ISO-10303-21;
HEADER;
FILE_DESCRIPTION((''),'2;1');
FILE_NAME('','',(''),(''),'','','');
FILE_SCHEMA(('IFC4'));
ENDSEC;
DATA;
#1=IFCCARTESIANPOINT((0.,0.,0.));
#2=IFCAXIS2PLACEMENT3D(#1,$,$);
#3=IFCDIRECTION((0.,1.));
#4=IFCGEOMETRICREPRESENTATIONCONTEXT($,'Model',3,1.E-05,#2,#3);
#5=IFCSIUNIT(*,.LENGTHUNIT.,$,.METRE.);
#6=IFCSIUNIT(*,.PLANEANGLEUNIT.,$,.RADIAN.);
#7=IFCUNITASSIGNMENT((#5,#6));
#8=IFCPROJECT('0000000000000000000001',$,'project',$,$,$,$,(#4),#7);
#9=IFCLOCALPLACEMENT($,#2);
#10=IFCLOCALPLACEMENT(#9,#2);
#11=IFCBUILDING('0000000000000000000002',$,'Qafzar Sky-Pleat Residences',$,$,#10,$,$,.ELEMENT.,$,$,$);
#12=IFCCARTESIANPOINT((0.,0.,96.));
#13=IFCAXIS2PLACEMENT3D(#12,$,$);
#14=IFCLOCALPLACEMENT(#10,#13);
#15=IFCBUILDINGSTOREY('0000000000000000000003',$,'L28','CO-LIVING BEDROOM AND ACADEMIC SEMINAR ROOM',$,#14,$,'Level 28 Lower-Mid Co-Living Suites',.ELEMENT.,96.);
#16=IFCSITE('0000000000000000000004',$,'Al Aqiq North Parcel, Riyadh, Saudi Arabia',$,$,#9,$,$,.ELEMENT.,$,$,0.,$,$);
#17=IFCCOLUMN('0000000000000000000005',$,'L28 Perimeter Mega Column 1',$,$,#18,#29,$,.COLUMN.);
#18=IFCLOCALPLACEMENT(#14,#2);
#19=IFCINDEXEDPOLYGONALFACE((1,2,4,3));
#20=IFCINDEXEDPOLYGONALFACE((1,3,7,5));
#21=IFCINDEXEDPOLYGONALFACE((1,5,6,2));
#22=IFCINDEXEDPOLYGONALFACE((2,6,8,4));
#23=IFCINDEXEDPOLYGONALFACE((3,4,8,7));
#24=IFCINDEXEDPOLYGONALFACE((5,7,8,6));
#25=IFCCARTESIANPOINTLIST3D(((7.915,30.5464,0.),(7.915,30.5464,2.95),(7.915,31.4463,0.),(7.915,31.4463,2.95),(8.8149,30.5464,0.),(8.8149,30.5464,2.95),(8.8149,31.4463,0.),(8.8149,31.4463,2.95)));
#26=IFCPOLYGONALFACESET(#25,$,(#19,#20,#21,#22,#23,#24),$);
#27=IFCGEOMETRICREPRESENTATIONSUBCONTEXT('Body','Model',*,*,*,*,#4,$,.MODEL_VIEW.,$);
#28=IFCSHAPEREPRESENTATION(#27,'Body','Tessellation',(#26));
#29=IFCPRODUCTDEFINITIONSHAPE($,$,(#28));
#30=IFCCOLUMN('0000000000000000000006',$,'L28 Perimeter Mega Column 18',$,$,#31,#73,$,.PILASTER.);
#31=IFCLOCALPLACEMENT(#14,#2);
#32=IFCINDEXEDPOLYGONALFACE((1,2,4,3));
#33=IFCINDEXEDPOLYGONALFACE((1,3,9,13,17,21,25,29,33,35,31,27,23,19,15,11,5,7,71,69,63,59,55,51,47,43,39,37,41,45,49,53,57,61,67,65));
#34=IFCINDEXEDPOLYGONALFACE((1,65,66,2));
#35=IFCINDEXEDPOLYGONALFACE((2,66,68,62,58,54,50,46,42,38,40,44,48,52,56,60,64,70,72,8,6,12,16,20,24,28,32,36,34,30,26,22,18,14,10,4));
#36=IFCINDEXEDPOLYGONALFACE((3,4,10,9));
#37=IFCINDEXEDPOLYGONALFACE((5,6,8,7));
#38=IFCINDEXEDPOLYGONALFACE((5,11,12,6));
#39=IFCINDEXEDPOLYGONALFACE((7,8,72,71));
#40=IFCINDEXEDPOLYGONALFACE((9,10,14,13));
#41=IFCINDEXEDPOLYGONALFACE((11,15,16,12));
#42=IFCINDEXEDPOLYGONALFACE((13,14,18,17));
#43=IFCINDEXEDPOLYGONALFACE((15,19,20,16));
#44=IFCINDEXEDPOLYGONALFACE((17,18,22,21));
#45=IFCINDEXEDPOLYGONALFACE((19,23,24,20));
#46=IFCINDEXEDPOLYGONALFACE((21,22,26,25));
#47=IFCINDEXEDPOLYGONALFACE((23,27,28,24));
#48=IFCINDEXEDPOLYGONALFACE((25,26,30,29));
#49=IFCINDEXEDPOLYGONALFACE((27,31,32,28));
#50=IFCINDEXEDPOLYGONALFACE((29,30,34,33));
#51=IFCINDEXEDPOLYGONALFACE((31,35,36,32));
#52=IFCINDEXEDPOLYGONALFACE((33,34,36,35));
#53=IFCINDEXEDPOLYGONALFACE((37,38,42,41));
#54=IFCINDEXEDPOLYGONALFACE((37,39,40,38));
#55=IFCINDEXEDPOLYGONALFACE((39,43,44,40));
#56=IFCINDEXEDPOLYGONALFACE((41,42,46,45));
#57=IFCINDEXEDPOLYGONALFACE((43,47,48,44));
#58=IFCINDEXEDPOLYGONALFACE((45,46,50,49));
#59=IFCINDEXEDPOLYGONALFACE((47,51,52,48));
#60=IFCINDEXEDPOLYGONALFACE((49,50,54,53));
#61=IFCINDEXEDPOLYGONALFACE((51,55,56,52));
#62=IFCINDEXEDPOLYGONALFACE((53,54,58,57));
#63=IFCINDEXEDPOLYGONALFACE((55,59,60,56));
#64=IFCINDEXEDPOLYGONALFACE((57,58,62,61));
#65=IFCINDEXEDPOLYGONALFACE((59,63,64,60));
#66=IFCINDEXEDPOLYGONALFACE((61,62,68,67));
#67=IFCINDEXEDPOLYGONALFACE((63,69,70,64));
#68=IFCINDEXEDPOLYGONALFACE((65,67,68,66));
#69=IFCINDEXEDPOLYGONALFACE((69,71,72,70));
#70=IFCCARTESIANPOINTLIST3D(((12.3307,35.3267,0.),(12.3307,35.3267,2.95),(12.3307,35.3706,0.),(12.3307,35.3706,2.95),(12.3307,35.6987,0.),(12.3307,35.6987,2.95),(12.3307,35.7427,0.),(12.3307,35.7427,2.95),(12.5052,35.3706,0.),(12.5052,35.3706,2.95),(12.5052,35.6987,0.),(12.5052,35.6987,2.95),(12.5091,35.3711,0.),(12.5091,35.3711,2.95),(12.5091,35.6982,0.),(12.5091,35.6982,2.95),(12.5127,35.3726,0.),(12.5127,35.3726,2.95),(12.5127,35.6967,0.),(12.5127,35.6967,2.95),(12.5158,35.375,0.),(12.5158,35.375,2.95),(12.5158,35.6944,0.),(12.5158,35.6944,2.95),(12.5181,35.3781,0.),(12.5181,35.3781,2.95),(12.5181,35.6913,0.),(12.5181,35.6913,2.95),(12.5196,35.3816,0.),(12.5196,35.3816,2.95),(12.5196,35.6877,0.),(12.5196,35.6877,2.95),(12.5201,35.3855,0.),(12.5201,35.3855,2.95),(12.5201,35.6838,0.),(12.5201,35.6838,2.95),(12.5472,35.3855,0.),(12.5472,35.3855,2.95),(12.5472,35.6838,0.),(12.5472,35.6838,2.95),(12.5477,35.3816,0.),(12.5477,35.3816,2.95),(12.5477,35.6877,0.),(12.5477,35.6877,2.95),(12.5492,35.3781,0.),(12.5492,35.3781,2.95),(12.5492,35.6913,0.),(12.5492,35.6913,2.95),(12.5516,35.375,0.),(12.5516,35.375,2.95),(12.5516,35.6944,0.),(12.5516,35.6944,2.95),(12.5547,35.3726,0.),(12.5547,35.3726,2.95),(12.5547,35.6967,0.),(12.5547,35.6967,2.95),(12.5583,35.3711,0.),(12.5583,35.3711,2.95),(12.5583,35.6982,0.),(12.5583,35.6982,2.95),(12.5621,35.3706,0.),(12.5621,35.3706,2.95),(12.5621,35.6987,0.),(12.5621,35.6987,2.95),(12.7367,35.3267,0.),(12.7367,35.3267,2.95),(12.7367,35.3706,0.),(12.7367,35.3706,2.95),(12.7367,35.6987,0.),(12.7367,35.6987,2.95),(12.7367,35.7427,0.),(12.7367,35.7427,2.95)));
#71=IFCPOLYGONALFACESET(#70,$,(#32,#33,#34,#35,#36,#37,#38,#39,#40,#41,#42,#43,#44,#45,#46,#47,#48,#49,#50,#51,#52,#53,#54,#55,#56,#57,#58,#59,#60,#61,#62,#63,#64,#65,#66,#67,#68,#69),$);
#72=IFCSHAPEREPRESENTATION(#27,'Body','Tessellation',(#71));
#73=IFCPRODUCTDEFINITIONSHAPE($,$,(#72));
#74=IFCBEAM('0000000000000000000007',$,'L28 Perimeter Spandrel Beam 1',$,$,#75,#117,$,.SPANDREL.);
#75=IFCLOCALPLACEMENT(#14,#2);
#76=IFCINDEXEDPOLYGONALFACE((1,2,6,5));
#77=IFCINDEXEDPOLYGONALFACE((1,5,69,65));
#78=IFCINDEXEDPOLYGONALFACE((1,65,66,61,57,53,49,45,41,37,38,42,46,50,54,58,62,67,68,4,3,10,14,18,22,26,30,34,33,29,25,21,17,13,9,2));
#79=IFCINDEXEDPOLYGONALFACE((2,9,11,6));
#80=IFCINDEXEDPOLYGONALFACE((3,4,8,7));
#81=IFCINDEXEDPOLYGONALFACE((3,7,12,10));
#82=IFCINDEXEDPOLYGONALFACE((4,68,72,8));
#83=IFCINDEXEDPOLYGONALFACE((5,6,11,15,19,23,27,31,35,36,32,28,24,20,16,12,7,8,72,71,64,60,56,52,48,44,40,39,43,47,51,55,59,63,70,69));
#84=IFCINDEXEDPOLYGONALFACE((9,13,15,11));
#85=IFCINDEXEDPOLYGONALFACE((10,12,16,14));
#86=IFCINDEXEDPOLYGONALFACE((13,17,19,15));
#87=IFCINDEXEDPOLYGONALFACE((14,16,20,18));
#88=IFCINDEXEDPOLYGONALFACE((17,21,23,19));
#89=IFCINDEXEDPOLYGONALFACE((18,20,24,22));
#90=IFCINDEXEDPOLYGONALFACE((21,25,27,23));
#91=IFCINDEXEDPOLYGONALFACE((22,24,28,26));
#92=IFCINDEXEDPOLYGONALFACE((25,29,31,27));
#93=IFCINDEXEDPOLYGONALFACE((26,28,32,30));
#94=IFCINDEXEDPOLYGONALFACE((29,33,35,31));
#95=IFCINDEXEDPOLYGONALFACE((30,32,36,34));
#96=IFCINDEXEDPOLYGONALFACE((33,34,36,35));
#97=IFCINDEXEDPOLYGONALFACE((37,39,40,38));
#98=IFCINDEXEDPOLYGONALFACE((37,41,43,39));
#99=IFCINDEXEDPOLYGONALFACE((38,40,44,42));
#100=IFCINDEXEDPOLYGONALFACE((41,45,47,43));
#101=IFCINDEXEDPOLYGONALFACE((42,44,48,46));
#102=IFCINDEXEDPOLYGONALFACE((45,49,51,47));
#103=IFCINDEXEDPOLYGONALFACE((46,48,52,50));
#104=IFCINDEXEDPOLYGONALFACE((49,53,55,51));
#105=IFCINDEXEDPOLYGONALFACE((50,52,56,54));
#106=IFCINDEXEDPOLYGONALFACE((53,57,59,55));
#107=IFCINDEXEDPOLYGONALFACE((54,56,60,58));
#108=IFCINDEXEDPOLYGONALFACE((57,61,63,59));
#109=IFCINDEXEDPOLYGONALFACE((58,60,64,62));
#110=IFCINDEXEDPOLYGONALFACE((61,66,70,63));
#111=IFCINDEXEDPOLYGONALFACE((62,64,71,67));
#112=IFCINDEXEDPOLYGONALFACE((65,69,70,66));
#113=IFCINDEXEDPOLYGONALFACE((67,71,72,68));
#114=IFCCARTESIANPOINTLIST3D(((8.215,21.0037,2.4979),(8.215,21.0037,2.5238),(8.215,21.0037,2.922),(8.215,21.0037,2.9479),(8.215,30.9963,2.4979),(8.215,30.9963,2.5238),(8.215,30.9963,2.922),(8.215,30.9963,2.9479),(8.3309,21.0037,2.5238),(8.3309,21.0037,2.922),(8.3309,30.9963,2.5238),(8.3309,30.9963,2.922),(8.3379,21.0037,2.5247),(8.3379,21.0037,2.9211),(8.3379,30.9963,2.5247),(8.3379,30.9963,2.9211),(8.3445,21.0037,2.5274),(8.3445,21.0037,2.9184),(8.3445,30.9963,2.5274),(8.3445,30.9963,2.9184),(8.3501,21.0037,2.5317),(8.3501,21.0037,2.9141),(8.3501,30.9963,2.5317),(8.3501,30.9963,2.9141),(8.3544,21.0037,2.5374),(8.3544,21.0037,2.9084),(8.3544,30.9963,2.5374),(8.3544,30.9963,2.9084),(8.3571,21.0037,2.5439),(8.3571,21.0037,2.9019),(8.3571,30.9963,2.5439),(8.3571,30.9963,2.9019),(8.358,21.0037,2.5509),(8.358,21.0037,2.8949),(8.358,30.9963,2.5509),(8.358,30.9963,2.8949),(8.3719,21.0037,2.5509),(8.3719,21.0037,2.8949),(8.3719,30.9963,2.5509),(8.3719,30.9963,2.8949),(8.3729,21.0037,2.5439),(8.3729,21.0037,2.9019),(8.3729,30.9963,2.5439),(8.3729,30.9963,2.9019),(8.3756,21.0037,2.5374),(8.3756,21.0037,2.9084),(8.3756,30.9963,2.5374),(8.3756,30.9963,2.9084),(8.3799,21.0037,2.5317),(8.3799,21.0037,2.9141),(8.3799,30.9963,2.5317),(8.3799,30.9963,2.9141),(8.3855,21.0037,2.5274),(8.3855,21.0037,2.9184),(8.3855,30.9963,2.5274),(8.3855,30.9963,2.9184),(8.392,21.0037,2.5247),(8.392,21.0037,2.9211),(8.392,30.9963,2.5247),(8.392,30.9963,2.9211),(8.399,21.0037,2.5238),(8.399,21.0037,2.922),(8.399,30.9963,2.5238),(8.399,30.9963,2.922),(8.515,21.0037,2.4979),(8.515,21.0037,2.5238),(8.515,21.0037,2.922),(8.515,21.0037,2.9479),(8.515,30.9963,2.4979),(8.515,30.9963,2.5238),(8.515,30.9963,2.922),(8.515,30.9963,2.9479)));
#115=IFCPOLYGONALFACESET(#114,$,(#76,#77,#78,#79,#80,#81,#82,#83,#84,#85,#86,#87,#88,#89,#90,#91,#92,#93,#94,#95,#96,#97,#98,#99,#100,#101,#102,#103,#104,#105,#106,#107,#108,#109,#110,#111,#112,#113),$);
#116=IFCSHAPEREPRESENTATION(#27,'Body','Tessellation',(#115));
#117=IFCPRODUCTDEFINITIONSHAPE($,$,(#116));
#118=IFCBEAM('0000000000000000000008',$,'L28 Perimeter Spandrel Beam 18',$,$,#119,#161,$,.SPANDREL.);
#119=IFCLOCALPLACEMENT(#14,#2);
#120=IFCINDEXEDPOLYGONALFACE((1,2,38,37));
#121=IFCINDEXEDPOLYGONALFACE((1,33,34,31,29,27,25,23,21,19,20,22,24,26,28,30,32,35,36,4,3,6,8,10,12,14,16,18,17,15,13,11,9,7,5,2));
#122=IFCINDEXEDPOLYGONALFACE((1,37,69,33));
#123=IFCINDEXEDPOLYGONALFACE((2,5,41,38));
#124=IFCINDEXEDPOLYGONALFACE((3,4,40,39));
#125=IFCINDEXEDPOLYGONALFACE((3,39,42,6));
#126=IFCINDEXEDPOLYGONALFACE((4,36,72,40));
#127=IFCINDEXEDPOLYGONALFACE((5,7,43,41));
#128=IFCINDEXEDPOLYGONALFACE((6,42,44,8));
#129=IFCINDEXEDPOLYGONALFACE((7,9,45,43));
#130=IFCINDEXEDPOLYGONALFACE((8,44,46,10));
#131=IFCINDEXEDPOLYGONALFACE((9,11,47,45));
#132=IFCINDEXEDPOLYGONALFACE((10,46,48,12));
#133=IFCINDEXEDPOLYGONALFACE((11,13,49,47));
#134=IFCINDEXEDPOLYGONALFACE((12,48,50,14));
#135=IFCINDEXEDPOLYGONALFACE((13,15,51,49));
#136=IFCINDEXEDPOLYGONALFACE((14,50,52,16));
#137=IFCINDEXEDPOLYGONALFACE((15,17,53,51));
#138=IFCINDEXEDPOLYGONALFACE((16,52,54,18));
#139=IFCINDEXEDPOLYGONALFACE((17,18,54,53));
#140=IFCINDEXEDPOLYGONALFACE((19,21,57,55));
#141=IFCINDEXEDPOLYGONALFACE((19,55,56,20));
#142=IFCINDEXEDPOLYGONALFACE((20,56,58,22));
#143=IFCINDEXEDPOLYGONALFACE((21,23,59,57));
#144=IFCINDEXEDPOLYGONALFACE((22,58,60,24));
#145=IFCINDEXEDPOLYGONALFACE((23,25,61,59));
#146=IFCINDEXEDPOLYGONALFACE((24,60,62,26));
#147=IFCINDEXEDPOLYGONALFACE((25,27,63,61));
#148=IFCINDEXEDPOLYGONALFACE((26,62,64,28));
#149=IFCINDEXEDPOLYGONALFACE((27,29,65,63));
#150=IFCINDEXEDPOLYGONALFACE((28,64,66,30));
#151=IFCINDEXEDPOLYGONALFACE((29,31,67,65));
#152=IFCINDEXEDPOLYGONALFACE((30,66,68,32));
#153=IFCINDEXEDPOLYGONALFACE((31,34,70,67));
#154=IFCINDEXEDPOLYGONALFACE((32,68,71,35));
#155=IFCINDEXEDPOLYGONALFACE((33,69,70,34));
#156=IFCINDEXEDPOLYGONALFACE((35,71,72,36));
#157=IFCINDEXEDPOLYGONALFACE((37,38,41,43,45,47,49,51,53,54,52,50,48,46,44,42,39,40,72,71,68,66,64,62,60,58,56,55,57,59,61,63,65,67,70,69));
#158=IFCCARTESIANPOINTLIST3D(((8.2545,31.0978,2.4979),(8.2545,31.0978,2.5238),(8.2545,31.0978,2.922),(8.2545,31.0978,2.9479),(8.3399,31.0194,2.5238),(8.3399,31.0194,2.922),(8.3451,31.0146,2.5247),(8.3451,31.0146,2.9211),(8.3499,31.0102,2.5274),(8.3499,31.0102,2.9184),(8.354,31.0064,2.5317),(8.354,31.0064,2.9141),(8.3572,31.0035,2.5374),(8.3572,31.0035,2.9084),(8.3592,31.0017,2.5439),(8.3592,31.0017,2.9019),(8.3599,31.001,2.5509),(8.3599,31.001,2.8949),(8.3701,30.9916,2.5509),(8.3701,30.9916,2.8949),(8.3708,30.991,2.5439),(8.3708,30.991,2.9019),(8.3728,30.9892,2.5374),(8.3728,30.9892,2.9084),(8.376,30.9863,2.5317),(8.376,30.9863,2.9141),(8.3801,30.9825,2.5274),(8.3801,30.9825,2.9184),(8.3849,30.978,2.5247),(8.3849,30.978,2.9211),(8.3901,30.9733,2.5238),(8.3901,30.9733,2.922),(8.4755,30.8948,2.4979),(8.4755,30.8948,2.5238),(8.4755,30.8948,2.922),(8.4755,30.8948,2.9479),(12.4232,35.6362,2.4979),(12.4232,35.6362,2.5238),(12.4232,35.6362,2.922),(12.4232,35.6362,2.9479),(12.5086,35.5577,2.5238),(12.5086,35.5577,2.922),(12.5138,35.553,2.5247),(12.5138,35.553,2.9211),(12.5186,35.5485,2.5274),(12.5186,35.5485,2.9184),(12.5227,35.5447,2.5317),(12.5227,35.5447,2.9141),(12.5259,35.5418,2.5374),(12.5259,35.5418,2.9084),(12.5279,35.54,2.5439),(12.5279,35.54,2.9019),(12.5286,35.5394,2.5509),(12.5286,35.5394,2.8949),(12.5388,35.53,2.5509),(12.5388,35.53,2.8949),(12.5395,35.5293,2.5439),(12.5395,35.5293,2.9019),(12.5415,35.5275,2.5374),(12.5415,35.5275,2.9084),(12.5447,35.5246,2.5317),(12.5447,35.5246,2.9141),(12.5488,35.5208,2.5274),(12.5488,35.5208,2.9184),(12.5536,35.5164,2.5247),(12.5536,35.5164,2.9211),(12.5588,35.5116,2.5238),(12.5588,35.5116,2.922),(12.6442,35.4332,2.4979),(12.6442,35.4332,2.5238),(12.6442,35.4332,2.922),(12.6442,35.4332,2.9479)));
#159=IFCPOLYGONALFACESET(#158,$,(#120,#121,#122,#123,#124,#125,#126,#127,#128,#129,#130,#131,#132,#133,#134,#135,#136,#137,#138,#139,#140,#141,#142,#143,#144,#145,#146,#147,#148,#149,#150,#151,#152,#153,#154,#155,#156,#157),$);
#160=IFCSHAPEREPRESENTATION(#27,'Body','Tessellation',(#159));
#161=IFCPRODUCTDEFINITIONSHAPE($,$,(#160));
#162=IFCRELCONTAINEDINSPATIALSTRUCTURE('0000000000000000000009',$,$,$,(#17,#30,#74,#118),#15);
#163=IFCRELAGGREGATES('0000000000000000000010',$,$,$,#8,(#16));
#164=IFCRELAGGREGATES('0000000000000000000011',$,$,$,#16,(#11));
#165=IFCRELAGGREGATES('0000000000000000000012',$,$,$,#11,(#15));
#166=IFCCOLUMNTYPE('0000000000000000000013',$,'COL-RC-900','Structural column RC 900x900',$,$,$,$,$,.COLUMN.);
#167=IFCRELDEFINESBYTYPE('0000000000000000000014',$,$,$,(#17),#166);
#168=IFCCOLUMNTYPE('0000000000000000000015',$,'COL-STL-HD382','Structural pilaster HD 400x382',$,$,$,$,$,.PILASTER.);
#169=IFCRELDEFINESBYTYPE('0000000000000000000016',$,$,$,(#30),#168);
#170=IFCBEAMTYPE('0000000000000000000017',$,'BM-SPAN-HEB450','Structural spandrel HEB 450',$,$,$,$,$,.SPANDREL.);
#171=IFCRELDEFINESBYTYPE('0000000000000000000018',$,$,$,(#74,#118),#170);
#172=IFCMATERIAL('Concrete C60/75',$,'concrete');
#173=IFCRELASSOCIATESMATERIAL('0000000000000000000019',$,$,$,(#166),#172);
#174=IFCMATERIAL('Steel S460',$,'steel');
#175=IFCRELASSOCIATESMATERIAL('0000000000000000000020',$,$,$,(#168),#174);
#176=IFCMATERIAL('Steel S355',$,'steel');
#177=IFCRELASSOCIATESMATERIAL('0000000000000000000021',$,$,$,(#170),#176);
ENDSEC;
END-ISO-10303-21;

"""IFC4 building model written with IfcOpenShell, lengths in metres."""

from ifc_helpers import new_model, si_unit, direction, frame, origin, origin_2d, place, context, subcontext, project, spatial, rectangle, i_section, extrude, source, transform, mapped, material, material_profile, profile_set, type_object, element, save


model = new_model("IFC4")

# Units and contexts
model_context = context("Model", 3, precision=1e-05, world=origin(), true_north=direction((0.0, 1.0)))
body_context = subcontext(model_context, "Body", "Model", "MODEL_VIEW")
ifc_project = project(units=[si_unit("LENGTHUNIT", "METRE"), si_unit("PLANEANGLEUNIT", "RADIAN")], contexts=[model_context])

# Site, building, storey
site_placement = place(None, origin())
site = spatial("IfcSite", under=ifc_project, at=site_placement, Name="Al Aqiq North Parcel, Riyadh, Saudi Arabia", CompositionType="ELEMENT", RefElevation=0.0)
building_placement = place(site_placement, origin())
building = spatial("IfcBuilding", under=site, at=building_placement, Name="Qafzar Sky-Pleat Residences", CompositionType="ELEMENT")
storey_placement = place(building_placement, frame((0.0, 0.0, 96.0)))
storey = spatial("IfcBuildingStorey", under=building, at=storey_placement, Name="L28", Description="CO-LIVING BEDROOM AND ACADEMIC SEMINAR ROOM", LongName="Level 28 Lower-Mid Co-Living Suites", CompositionType="ELEMENT", Elevation=96.0)

# Columns
ifc_material_1 = material(Name="Concrete C60/75", Category="concrete")
ifc_material_profile_1 = material_profile(ifc_material_1, rectangle(XDim=0.8999, YDim=0.8999, at=origin_2d()), Name="RC 900x900")
ifc_profile_set_1 = profile_set([ifc_material_profile_1], Name="Concrete C60/75")
column_type_1 = type_object("IfcColumnType", Name="COL-RC-900", Description="Structural column RC 900x900", PredefinedType="COLUMN", material=ifc_profile_set_1)
shared_shape_1 = source(origin(), body_context, "Body", "SweptSolid", [
    extrude(rectangle(XDim=0.8999, YDim=0.8999, at=origin_2d()), origin(), (0.0, 0.0, 1.0), 2.95),
])
column_1_placement = place(storey_placement, frame((8.365, 30.9963, 0.0), z_axis=(0.0, 0.0, 1.0), x_axis=(1.0, 0.0, 0.0)))
element("IfcColumn", 1, at=column_1_placement, inside=storey, type_object=column_type_1, Name="L28 Perimeter Mega Column 1", PredefinedType="COLUMN", context=body_context, shape_type="MappedRepresentation", body=[
    mapped(shared_shape_1, transform((0.0, 0.0, 0.0), x_axis=(1.0, 0.0, 0.0), y_axis=(0.0, 1.0, 0.0), z_axis=(0.0, 0.0, 1.0), scale=1.0)),
])
ifc_material_2 = material(Name="Steel S460", Category="steel")
ifc_material_profile_2 = material_profile(ifc_material_2, i_section(OverallWidth=0.406, OverallDepth=0.416, WebThickness=0.0271, FlangeThickness=0.0439, FilletRadius=0.0149, at=origin_2d()), Name="HD 400x382")
ifc_profile_set_2 = profile_set([ifc_material_profile_2], Name="Steel S460")
column_type_2 = type_object("IfcColumnType", Name="COL-STL-HD382", Description="Structural pilaster HD 400x382", PredefinedType="PILASTER", material=ifc_profile_set_2)
shared_shape_2 = source(origin(), body_context, "Body", "SweptSolid", [
    extrude(i_section(OverallWidth=0.406, OverallDepth=0.416, WebThickness=0.0271, FlangeThickness=0.0439, FilletRadius=0.0149, at=origin_2d()), origin(), (0.0, 0.0, 1.0), 2.95),
])
column_2_placement = place(storey_placement, frame((12.5337, 35.5347, 0.0), z_axis=(0.0, 0.0, 1.0), x_axis=(1.0, 0.0, 0.0)))
element("IfcColumn", 2, at=column_2_placement, inside=storey, type_object=column_type_2, Name="L28 Perimeter Mega Column 18", PredefinedType="PILASTER", context=body_context, shape_type="MappedRepresentation", body=[
    mapped(shared_shape_2, transform((0.0, 0.0, 0.0), x_axis=(1.0, 0.0, 0.0), y_axis=(0.0, 1.0, 0.0), z_axis=(0.0, 0.0, 1.0), scale=1.0)),
])

# Beams
ifc_material_3 = material(Name="Steel S355", Category="steel")
ifc_material_profile_3 = material_profile(ifc_material_3, i_section(OverallWidth=0.3, OverallDepth=0.45, WebThickness=0.0139, FlangeThickness=0.0259, FilletRadius=0.0271, at=origin_2d()), Name="HEB 450")
ifc_profile_set_3 = profile_set([ifc_material_profile_3], Name="Steel S355")
beam_type_1 = type_object("IfcBeamType", Name="BM-SPAN-HEB450", Description="Structural spandrel HEB 450", PredefinedType="SPANDREL", material=ifc_profile_set_3)
shared_shape_3 = source(origin(), body_context, "Body", "SweptSolid", [
    extrude(i_section(OverallWidth=0.3, OverallDepth=0.45, WebThickness=0.0139, FlangeThickness=0.0259, FilletRadius=0.0271, at=origin_2d()), origin(), (0.0, 0.0, 1.0), 9.9927),
])
beam_1_placement = place(storey_placement, frame((8.365, 30.9963, 2.7229), z_axis=(0.0, -1.0, 0.0), x_axis=(1.0, 0.0, 0.0)))
element("IfcBeam", 3, at=beam_1_placement, inside=storey, type_object=beam_type_1, Name="L28 Perimeter Spandrel Beam 1", PredefinedType="SPANDREL", context=body_context, shape_type="MappedRepresentation", body=[
    mapped(shared_shape_3, transform((0.0, 0.0, 0.0), x_axis=(1.0, 0.0, 0.0), y_axis=(0.0, 1.0, 0.0), z_axis=(0.0, 0.0, 1.0), scale=1.0)),
])
shared_shape_4 = source(origin(), body_context, "Body", "SweptSolid", [
    extrude(i_section(OverallWidth=0.3, OverallDepth=0.45, WebThickness=0.0139, FlangeThickness=0.0259, FilletRadius=0.0271, at=origin_2d()), origin(), (0.0, 0.0, 1.0), 6.1624),
])
beam_2_placement = place(storey_placement, frame((12.5337, 35.5347, 2.7229), z_axis=(-0.67648, -0.736461, 0.0), x_axis=(0.736461, -0.67648, 0.0)))
element("IfcBeam", 4, at=beam_2_placement, inside=storey, type_object=beam_type_1, Name="L28 Perimeter Spandrel Beam 18", PredefinedType="SPANDREL", context=body_context, shape_type="MappedRepresentation", body=[
    mapped(shared_shape_4, transform((0.0, 0.0, 0.0), x_axis=(1.0, 0.0, 0.0), y_axis=(0.0, 1.0, 0.0), z_axis=(0.0, 0.0, 1.0), scale=1.0)),
])

save(model, "model.ifc")
